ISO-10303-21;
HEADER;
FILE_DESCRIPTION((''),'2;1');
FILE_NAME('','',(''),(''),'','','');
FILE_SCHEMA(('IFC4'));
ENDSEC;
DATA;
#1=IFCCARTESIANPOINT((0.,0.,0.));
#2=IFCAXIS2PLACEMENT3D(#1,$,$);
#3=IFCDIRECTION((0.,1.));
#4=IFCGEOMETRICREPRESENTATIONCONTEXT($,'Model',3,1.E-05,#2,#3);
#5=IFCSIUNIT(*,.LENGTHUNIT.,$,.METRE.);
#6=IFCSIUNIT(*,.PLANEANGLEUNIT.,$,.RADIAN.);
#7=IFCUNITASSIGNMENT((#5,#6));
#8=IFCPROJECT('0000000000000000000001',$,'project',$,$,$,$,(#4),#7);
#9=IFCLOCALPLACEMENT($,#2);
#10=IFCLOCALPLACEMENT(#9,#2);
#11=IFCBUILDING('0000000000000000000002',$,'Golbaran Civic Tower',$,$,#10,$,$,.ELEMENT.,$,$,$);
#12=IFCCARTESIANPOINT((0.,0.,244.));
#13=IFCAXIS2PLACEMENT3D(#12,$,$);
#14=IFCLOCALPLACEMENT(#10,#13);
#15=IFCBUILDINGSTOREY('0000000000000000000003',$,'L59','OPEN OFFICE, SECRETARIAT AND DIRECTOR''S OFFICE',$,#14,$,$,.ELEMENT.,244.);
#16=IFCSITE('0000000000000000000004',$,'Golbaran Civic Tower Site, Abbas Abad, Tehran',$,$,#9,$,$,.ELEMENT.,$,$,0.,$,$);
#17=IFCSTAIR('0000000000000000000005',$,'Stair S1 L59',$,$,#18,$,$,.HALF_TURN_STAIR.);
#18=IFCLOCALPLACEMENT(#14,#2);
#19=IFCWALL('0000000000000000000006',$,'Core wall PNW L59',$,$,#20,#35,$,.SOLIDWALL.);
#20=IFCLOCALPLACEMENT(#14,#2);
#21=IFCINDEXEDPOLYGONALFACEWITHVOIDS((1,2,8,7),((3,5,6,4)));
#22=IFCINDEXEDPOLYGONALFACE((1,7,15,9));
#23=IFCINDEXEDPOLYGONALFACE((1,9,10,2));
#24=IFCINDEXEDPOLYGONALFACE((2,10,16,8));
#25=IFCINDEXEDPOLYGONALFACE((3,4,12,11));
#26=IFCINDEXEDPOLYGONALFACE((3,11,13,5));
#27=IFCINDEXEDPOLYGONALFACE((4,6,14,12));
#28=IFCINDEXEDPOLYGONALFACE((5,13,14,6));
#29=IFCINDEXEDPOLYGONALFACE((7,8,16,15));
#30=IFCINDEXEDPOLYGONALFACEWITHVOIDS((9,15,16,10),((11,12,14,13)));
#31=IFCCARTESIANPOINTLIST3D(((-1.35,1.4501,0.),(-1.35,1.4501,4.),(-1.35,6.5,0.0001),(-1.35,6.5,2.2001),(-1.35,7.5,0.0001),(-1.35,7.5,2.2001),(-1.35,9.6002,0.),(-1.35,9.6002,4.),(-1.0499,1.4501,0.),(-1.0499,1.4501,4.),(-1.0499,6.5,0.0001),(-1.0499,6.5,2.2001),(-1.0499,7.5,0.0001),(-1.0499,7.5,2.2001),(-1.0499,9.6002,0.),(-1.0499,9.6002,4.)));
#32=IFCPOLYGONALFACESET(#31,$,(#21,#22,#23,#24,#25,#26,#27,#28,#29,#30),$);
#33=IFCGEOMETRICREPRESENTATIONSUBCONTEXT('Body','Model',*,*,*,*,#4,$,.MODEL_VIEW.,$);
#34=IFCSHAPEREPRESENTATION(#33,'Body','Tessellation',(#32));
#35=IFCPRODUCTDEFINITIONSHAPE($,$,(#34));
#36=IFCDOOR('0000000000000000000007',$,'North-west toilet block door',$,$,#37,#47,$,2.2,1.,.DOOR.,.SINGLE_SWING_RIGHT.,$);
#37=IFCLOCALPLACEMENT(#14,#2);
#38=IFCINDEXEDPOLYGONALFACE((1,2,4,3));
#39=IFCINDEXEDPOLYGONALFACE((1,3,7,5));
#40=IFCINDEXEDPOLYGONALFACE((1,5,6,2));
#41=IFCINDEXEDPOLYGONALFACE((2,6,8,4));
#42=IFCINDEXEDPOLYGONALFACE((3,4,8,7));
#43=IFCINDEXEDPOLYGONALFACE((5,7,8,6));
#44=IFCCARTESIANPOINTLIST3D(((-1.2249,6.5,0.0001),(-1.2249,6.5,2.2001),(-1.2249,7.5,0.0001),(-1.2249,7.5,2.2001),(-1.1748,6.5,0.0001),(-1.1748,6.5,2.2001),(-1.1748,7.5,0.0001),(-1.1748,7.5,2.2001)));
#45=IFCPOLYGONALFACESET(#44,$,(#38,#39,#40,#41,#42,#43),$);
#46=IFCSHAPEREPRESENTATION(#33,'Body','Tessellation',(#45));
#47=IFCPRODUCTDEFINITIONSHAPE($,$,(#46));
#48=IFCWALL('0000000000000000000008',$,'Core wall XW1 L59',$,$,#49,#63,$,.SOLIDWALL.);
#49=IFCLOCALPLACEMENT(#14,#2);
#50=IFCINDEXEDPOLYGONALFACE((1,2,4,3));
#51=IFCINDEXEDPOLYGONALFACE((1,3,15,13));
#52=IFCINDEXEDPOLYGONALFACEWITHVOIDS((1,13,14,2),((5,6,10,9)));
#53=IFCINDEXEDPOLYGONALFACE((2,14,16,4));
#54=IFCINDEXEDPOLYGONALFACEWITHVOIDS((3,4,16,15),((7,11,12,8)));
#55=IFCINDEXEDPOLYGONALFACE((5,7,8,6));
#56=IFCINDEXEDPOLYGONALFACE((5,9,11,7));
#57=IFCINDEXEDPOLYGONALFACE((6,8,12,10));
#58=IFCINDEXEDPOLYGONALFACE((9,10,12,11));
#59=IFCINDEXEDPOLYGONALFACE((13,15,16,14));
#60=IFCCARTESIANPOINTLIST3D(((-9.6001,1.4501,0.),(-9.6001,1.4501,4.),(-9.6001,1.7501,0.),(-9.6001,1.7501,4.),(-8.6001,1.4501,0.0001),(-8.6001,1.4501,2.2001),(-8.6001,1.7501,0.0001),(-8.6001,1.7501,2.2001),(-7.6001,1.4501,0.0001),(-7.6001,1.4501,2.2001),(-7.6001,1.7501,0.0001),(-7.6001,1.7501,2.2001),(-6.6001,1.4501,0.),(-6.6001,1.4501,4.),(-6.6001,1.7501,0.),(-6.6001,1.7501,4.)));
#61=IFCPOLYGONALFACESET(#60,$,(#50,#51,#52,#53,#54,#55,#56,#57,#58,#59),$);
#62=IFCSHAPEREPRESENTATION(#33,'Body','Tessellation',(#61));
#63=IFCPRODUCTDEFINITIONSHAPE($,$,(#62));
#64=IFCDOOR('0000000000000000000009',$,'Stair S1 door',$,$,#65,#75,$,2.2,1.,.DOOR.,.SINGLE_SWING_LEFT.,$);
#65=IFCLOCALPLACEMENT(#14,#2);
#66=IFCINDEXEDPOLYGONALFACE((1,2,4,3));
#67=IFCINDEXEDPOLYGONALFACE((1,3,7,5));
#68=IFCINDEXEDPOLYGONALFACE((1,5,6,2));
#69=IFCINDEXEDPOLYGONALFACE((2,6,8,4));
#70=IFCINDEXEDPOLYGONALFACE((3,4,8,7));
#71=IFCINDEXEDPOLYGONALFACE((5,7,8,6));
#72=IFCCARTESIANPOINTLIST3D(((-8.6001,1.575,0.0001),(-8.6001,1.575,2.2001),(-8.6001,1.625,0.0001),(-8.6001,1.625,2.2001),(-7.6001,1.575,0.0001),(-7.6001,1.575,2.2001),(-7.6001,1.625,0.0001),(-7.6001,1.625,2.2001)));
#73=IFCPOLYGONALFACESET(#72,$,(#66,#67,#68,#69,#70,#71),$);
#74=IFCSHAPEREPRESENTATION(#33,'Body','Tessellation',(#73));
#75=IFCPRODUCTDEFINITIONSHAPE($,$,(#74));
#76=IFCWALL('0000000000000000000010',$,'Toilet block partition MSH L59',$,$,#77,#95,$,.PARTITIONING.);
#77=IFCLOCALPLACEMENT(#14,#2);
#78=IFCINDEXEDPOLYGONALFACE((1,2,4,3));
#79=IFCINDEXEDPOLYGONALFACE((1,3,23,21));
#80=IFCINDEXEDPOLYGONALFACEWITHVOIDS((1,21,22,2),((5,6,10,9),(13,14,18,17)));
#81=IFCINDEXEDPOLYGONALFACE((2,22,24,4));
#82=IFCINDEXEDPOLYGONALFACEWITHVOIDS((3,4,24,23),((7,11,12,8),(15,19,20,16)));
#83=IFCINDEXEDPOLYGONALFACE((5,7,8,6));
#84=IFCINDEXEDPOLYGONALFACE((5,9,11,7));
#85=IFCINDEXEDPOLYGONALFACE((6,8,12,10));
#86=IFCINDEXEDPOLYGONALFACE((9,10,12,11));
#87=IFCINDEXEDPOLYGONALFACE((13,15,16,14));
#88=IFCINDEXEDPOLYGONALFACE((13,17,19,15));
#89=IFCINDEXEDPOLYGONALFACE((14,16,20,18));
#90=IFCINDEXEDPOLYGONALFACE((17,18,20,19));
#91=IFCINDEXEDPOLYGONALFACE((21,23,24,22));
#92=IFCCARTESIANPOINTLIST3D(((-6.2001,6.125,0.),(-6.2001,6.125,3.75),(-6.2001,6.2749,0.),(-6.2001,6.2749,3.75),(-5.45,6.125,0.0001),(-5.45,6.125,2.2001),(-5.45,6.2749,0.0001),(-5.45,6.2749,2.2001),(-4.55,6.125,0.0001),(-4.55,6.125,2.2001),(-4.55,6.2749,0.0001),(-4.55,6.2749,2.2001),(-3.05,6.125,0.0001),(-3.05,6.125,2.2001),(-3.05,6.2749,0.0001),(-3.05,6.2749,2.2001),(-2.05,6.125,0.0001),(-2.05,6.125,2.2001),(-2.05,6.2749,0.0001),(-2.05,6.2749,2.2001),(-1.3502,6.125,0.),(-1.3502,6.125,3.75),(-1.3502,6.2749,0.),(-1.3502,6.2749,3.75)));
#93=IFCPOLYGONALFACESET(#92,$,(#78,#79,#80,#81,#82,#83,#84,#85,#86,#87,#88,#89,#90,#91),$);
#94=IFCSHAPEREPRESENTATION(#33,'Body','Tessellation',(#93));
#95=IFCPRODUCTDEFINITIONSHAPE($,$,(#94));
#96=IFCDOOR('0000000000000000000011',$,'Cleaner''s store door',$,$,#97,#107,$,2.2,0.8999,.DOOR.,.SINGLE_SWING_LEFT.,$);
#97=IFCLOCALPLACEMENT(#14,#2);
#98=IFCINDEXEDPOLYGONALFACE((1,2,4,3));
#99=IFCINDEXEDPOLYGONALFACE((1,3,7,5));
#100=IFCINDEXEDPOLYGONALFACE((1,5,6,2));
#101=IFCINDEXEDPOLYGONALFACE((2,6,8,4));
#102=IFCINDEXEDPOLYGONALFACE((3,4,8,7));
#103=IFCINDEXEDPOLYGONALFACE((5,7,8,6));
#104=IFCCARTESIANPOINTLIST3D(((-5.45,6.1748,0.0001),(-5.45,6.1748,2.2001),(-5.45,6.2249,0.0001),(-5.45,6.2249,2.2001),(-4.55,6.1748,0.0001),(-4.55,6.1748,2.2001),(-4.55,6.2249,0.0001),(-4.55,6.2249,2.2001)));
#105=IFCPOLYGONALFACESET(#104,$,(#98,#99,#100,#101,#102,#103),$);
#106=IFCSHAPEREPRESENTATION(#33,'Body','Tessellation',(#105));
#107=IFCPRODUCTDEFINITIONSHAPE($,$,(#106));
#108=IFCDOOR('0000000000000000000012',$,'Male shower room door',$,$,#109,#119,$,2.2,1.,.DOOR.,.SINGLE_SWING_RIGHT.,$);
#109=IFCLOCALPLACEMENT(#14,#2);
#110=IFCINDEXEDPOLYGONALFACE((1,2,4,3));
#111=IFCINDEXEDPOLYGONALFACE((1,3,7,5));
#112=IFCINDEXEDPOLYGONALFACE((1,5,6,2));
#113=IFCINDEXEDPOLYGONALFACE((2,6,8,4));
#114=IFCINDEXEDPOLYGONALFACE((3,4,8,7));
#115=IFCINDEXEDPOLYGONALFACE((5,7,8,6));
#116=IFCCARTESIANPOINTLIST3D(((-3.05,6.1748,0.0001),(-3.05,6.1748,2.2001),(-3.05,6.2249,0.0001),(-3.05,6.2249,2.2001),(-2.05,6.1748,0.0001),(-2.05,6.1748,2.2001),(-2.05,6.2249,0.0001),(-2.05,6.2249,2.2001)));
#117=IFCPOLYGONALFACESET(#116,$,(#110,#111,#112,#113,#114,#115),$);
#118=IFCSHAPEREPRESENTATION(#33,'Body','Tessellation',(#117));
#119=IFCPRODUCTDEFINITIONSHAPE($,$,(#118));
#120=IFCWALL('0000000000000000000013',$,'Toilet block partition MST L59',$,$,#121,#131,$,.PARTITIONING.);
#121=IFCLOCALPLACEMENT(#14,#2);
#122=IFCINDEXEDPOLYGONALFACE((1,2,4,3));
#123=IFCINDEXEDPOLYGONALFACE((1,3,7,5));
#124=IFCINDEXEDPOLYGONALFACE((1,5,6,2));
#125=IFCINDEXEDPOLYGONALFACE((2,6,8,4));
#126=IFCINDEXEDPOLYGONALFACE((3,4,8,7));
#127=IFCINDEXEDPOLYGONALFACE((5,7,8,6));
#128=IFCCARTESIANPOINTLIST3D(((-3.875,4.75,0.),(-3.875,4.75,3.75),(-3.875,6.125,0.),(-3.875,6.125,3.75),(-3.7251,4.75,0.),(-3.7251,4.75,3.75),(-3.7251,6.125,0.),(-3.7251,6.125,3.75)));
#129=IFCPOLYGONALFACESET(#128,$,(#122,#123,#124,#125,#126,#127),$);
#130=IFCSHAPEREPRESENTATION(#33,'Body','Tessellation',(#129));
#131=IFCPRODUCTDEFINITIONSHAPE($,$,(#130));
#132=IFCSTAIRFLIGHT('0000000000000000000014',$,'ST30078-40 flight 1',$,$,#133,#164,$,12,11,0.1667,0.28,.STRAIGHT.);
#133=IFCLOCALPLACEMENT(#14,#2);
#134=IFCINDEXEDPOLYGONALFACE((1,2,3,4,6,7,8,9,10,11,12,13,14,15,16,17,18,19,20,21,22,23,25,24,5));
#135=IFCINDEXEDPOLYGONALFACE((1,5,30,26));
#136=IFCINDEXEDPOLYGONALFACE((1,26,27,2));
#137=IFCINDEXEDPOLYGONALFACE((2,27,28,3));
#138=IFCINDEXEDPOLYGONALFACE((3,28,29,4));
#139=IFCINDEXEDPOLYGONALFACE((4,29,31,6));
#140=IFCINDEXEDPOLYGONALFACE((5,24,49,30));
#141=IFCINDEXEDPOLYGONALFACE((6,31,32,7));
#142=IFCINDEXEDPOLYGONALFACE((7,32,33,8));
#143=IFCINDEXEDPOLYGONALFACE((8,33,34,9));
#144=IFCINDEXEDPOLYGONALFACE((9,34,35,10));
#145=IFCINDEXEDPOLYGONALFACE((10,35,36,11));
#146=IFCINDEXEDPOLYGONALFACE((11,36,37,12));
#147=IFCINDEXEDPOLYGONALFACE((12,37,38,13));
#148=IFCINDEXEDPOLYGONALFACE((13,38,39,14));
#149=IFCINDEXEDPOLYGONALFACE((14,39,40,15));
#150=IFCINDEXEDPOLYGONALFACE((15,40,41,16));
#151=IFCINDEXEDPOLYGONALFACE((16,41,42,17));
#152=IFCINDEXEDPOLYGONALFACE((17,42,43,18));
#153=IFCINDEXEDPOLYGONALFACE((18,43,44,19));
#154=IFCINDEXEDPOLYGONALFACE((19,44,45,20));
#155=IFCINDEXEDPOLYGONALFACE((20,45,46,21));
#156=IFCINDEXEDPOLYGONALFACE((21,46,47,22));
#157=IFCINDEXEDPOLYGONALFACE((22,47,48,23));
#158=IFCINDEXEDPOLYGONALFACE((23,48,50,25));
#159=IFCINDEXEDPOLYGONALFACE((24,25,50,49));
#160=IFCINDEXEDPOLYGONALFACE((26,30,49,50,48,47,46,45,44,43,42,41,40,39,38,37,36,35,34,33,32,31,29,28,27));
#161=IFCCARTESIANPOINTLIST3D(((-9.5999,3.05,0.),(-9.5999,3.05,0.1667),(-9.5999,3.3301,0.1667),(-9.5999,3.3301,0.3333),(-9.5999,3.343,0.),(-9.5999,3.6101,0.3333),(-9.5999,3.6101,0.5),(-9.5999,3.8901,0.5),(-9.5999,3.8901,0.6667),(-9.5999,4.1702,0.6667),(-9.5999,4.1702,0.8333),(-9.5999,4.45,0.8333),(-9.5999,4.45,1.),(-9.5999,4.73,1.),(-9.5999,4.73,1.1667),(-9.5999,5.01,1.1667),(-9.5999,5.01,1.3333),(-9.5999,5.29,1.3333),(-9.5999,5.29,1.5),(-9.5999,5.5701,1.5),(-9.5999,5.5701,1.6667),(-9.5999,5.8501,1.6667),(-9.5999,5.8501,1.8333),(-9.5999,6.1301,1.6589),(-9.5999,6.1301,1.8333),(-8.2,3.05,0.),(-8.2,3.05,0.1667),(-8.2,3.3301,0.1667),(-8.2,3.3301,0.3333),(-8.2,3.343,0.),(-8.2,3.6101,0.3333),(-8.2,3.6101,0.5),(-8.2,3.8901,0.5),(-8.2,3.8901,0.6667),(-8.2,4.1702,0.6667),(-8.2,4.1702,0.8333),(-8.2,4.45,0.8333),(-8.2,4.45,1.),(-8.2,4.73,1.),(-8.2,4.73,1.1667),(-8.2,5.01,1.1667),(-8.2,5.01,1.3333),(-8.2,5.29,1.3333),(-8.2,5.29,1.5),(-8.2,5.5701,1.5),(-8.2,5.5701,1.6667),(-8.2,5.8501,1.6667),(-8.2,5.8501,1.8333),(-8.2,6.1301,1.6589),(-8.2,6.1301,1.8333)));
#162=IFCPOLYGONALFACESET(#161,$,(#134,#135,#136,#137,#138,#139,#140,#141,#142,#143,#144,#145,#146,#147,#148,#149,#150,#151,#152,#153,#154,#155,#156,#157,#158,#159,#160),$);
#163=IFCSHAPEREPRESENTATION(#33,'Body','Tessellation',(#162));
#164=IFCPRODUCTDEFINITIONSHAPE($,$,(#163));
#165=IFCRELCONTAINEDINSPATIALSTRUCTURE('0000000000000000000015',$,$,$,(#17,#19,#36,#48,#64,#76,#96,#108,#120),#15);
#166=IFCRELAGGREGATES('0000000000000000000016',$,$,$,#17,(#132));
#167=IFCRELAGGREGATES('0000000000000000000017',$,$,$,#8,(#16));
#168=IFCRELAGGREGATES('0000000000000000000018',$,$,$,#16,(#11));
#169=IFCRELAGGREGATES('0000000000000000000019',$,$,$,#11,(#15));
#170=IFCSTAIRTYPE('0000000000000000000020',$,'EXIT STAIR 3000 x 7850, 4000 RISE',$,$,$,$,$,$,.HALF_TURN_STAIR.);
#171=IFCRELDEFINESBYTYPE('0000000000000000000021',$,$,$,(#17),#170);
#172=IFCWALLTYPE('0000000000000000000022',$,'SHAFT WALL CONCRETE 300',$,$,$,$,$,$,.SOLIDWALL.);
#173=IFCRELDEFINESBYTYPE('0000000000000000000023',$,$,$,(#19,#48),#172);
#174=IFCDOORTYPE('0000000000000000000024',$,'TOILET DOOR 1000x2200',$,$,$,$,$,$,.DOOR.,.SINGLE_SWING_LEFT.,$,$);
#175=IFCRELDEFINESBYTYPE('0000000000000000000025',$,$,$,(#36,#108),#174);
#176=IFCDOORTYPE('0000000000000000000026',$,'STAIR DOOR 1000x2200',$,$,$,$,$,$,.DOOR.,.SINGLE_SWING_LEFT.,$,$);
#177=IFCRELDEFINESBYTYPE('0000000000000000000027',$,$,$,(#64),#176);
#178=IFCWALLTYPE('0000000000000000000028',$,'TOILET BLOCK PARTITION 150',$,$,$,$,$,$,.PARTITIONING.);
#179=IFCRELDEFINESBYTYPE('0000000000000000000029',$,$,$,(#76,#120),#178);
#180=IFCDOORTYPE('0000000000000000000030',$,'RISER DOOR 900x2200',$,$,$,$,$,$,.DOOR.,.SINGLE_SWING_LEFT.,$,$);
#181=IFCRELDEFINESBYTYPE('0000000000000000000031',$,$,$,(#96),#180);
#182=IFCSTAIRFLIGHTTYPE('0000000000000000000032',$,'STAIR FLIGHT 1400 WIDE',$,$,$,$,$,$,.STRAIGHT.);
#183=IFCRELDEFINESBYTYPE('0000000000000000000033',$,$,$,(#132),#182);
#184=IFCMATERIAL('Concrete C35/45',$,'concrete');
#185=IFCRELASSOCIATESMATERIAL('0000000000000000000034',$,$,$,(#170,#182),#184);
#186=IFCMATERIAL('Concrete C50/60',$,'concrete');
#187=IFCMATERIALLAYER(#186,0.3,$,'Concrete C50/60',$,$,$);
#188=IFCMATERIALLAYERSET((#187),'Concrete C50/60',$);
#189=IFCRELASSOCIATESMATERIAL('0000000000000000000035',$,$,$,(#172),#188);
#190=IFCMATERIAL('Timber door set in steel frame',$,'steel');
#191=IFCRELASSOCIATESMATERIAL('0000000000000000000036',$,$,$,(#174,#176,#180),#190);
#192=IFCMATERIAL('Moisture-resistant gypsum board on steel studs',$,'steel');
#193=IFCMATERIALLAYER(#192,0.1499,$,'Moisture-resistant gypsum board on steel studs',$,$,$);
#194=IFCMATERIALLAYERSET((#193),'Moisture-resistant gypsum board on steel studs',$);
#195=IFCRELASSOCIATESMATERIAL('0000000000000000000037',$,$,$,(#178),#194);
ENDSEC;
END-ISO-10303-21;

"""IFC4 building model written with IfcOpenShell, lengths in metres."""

from ifc_helpers import new_model, si_unit, direction, frame, frame_2d, origin, place, context, subcontext, project, spatial, polyline, rectangle, outline, extrude, material, layer, layer_set, type_object, element, fill, aggregate, save


model = new_model("IFC4")

# Units and contexts
model_context = context("Model", 3, precision=1e-05, world=origin(), true_north=direction((0.0, 1.0)))
body_context = subcontext(model_context, "Body", "Model", "MODEL_VIEW")
ifc_project = project(units=[si_unit("LENGTHUNIT", "METRE"), si_unit("PLANEANGLEUNIT", "RADIAN")], contexts=[model_context])

# Site, building, storey
site_placement = place(None, origin())
site = spatial("IfcSite", under=ifc_project, at=site_placement, Name="Golbaran Civic Tower Site, Abbas Abad, Tehran", CompositionType="ELEMENT", RefElevation=0.0)
building_placement = place(site_placement, origin())
building = spatial("IfcBuilding", under=site, at=building_placement, Name="Golbaran Civic Tower", CompositionType="ELEMENT")
storey_placement = place(building_placement, frame((0.0, 0.0, 244.0)))
storey = spatial("IfcBuildingStorey", under=building, at=storey_placement, Name="L59", Description="OPEN OFFICE, SECRETARIAT AND DIRECTOR'S OFFICE", CompositionType="ELEMENT", Elevation=244.0)

# Stair
ifc_material_1 = material(Name="Concrete C35/45", Category="concrete")
stair_type = type_object("IfcStairType", Name="EXIT STAIR 3000 x 7850, 4000 RISE", PredefinedType="HALF_TURN_STAIR", material=ifc_material_1)
stair_placement = place(storey_placement, origin())
stair = element("IfcStair", 1, at=stair_placement, inside=storey, type_object=stair_type, Name="Stair S1 L59", PredefinedType="HALF_TURN_STAIR")

# Shared definitions
ifc_material_2 = material(Name="Timber door set in steel frame", Category="steel")

# Shared definitions
ifc_material_3 = material(Name="Concrete C50/60", Category="concrete")
ifc_layer_1 = layer(ifc_material_3, 0.3, Name="Concrete C50/60")
ifc_layer_set_1 = layer_set([ifc_layer_1], Name="Concrete C50/60")
wall_type_1 = type_object("IfcWallType", Name="SHAFT WALL CONCRETE 300", PredefinedType="SOLIDWALL", material=ifc_layer_set_1)

# Walls, openings, doors
wall_1_placement = place(storey_placement, frame((-1.2, 1.45, 0.0), z_axis=(0.0, 0.0, 1.0), x_axis=(0.0, 1.0, 0.0)))
wall_1 = element("IfcWall", 2, at=wall_1_placement, inside=storey, type_object=wall_type_1, Name="Core wall PNW L59", PredefinedType="SOLIDWALL", context=body_context, shape_type="SweptSolid", body=[
    extrude(rectangle(XDim=8.1501, YDim=0.3, at=frame_2d((4.0752, 0.0))), origin(), (0.0, 0.0, 1.0), 4.0),
])
opening_1_placement = place(wall_1_placement, frame((5.05, 0.0, 0.0)))
opening_1 = element("IfcOpeningElement", 3, at=opening_1_placement, cuts=wall_1, PredefinedType="OPENING", context=body_context, shape_type="SweptSolid", body=[
    extrude(rectangle(XDim=1.0, YDim=2.2, at=frame_2d((0.5, 1.1001))), frame((0.0, 0.1599, 0.0), z_axis=(0.0, -1.0, 0.0), x_axis=(1.0, 0.0, 0.0)), (0.0, 0.0, 1.0), 0.3201),
])
door_type_1 = type_object("IfcDoorType", Name="TOILET DOOR 1000x2200", OperationType="SINGLE_SWING_LEFT", PredefinedType="DOOR", material=ifc_material_2)
door_1_placement = place(opening_1_placement, origin())
door_1 = element("IfcDoor", 4, at=door_1_placement, inside=storey, type_object=door_type_1, Name="North-west toilet block door", OperationType="SINGLE_SWING_RIGHT", OverallHeight=2.2, OverallWidth=1.0, PredefinedType="DOOR", context=body_context, shape_type="SweptSolid", body=[
    extrude(rectangle(XDim=1.0, YDim=2.2, at=frame_2d((0.5, 1.1001))), frame((0.0, 0.0249, 0.0), z_axis=(0.0, -1.0, 0.0), x_axis=(1.0, 0.0, 0.0)), (0.0, 0.0, 1.0), 0.05),
])
fill(opening_1, door_1)
wall_2_placement = place(storey_placement, frame((-9.6001, 1.6001, 0.0), z_axis=(0.0, 0.0, 1.0), x_axis=(1.0, 0.0, 0.0)))
wall_2 = element("IfcWall", 5, at=wall_2_placement, inside=storey, type_object=wall_type_1, Name="Core wall XW1 L59", PredefinedType="SOLIDWALL", context=body_context, shape_type="SweptSolid", body=[
    extrude(rectangle(XDim=3.0, YDim=0.3, at=frame_2d((1.5, 0.0))), origin(), (0.0, 0.0, 1.0), 4.0),
])
opening_2_placement = place(wall_2_placement, frame((1.0, 0.0, 0.0)))
opening_2 = element("IfcOpeningElement", 6, at=opening_2_placement, cuts=wall_2, PredefinedType="OPENING", context=body_context, shape_type="SweptSolid", body=[
    extrude(rectangle(XDim=1.0, YDim=2.2, at=frame_2d((0.5, 1.1001))), frame((0.0, 0.1599, 0.0), z_axis=(0.0, -1.0, 0.0), x_axis=(1.0, 0.0, 0.0)), (0.0, 0.0, 1.0), 0.3201),
])
door_type_2 = type_object("IfcDoorType", Name="STAIR DOOR 1000x2200", OperationType="SINGLE_SWING_LEFT", PredefinedType="DOOR", material=ifc_material_2)
door_2_placement = place(opening_2_placement, origin())
door_2 = element("IfcDoor", 7, at=door_2_placement, inside=storey, type_object=door_type_2, Name="Stair S1 door", OperationType="SINGLE_SWING_LEFT", OverallHeight=2.2, OverallWidth=1.0, PredefinedType="DOOR", context=body_context, shape_type="SweptSolid", body=[
    extrude(rectangle(XDim=1.0, YDim=2.2, at=frame_2d((0.5, 1.1001))), frame((0.0, 0.0249, 0.0), z_axis=(0.0, -1.0, 0.0), x_axis=(1.0, 0.0, 0.0)), (0.0, 0.0, 1.0), 0.05),
])
fill(opening_2, door_2)

# Wall, openings, doors
ifc_material_4 = material(Name="Moisture-resistant gypsum board on steel studs", Category="steel")
ifc_layer_2 = layer(ifc_material_4, 0.1499, Name="Moisture-resistant gypsum board on steel studs")
ifc_layer_set_2 = layer_set([ifc_layer_2], Name="Moisture-resistant gypsum board on steel studs")
wall_type_2 = type_object("IfcWallType", Name="TOILET BLOCK PARTITION 150", PredefinedType="PARTITIONING", material=ifc_layer_set_2)
wall_3_placement = place(storey_placement, frame((-6.2, 6.2, 0.0), z_axis=(0.0, 0.0, 1.0), x_axis=(1.0, 0.0, 0.0)))
wall_3 = element("IfcWall", 8, at=wall_3_placement, inside=storey, type_object=wall_type_2, Name="Toilet block partition MSH L59", PredefinedType="PARTITIONING", context=body_context, shape_type="SweptSolid", body=[
    extrude(rectangle(XDim=4.8499, YDim=0.1499, at=frame_2d((2.4248, 0.0))), origin(), (0.0, 0.0, 1.0), 3.75),
])
opening_3_placement = place(wall_3_placement, frame((3.1499, 0.0, 0.0)))
opening_3 = element("IfcOpeningElement", 9, at=opening_3_placement, cuts=wall_3, PredefinedType="OPENING", context=body_context, shape_type="SweptSolid", body=[
    extrude(rectangle(XDim=1.0, YDim=2.2, at=frame_2d((0.5, 1.1001))), frame((0.0, 0.085, 0.0), z_axis=(0.0, -1.0, 0.0), x_axis=(1.0, 0.0, 0.0)), (0.0, 0.0, 1.0), 0.1699),
])
opening_4_placement = place(wall_3_placement, frame((0.75, 0.0, 0.0)))
opening_4 = element("IfcOpeningElement", 10, at=opening_4_placement, cuts=wall_3, PredefinedType="OPENING", context=body_context, shape_type="SweptSolid", body=[
    extrude(rectangle(XDim=0.8999, YDim=2.2, at=frame_2d((0.45, 1.1001))), frame((0.0, 0.085, 0.0), z_axis=(0.0, -1.0, 0.0), x_axis=(1.0, 0.0, 0.0)), (0.0, 0.0, 1.0), 0.1699),
])
door_type_3 = type_object("IfcDoorType", Name="RISER DOOR 900x2200", OperationType="SINGLE_SWING_LEFT", PredefinedType="DOOR", material=ifc_material_2)
door_3_placement = place(opening_4_placement, origin())
door_3 = element("IfcDoor", 11, at=door_3_placement, inside=storey, type_object=door_type_3, Name="Cleaner's store door", OperationType="SINGLE_SWING_LEFT", OverallHeight=2.2, OverallWidth=0.8999, PredefinedType="DOOR", context=body_context, shape_type="SweptSolid", body=[
    extrude(rectangle(XDim=0.8999, YDim=2.2, at=frame_2d((0.45, 1.1001))), frame((0.0, 0.0249, 0.0), z_axis=(0.0, -1.0, 0.0), x_axis=(1.0, 0.0, 0.0)), (0.0, 0.0, 1.0), 0.05),
])
fill(opening_4, door_3)
door_4_placement = place(opening_3_placement, origin())
door_4 = element("IfcDoor", 12, at=door_4_placement, inside=storey, type_object=door_type_1, Name="Male shower room door", OperationType="SINGLE_SWING_RIGHT", OverallHeight=2.2, OverallWidth=1.0, PredefinedType="DOOR", context=body_context, shape_type="SweptSolid", body=[
    extrude(rectangle(XDim=1.0, YDim=2.2, at=frame_2d((0.5, 1.1001))), frame((0.0, 0.0249, 0.0), z_axis=(0.0, -1.0, 0.0), x_axis=(1.0, 0.0, 0.0)), (0.0, 0.0, 1.0), 0.05),
])
fill(opening_3, door_4)

# Wall
wall_4_placement = place(storey_placement, frame((-3.8, 4.75, 0.0), z_axis=(0.0, 0.0, 1.0), x_axis=(0.0, 1.0, 0.0)))
element("IfcWall", 13, at=wall_4_placement, inside=storey, type_object=wall_type_2, Name="Toilet block partition MST L59", PredefinedType="PARTITIONING", context=body_context, shape_type="SweptSolid", body=[
    extrude(rectangle(XDim=1.375, YDim=0.1499, at=frame_2d((0.6875, 0.0))), origin(), (0.0, 0.0, 1.0), 3.75),
])

# Stair flight
stair_flight_type = type_object("IfcStairFlightType", Name="STAIR FLIGHT 1400 WIDE", PredefinedType="STRAIGHT", material=ifc_material_1)
stair_flight_1_placement = place(storey_placement, frame((-8.8999, 3.05, 0.0), z_axis=(0.0, 0.0, 1.0), x_axis=(0.0, 1.0, 0.0)))
stair_flight_1 = element("IfcStairFlight", 14, at=stair_flight_1_placement, type_object=stair_flight_type, Name="ST30078-40 flight 1", NumberOfRisers=12, NumberOfTreads=11, PredefinedType="STRAIGHT", RiserHeight=0.1667, TreadLength=0.28, context=body_context, shape_type="SweptSolid", body=[
    extrude(outline(polyline([(0.0, 0.0), (0.0, 0.1667), (0.28, 0.1667), (0.28, 0.3333), (0.5601, 0.3333), (0.5601, 0.5), (0.8401, 0.5), (0.8401, 0.6667), (1.1201, 0.6667), (1.1201, 0.8333), (1.3999, 0.8333), (1.3999, 1.0), (1.6799, 1.0), (1.6799, 1.1667), (1.96, 1.1667), (1.96, 1.3333), (2.24, 1.3333), (2.24, 1.5), (2.52, 1.5), (2.52, 1.6667), (2.8, 1.6667), (2.8, 1.8333), (3.0801, 1.8333), (3.0801, 2.0), (3.0801, 1.6589), (0.293, 0.0), (0.0, 0.0)])), frame((0.0, 0.7, 0.0), z_axis=(0.0, -1.0, 0.0), x_axis=(1.0, 0.0, 0.0)), (0.0, 0.0, 1.0), 1.3999),
])
aggregate(stair, [stair_flight_1])

save(model, "model.ifc")
